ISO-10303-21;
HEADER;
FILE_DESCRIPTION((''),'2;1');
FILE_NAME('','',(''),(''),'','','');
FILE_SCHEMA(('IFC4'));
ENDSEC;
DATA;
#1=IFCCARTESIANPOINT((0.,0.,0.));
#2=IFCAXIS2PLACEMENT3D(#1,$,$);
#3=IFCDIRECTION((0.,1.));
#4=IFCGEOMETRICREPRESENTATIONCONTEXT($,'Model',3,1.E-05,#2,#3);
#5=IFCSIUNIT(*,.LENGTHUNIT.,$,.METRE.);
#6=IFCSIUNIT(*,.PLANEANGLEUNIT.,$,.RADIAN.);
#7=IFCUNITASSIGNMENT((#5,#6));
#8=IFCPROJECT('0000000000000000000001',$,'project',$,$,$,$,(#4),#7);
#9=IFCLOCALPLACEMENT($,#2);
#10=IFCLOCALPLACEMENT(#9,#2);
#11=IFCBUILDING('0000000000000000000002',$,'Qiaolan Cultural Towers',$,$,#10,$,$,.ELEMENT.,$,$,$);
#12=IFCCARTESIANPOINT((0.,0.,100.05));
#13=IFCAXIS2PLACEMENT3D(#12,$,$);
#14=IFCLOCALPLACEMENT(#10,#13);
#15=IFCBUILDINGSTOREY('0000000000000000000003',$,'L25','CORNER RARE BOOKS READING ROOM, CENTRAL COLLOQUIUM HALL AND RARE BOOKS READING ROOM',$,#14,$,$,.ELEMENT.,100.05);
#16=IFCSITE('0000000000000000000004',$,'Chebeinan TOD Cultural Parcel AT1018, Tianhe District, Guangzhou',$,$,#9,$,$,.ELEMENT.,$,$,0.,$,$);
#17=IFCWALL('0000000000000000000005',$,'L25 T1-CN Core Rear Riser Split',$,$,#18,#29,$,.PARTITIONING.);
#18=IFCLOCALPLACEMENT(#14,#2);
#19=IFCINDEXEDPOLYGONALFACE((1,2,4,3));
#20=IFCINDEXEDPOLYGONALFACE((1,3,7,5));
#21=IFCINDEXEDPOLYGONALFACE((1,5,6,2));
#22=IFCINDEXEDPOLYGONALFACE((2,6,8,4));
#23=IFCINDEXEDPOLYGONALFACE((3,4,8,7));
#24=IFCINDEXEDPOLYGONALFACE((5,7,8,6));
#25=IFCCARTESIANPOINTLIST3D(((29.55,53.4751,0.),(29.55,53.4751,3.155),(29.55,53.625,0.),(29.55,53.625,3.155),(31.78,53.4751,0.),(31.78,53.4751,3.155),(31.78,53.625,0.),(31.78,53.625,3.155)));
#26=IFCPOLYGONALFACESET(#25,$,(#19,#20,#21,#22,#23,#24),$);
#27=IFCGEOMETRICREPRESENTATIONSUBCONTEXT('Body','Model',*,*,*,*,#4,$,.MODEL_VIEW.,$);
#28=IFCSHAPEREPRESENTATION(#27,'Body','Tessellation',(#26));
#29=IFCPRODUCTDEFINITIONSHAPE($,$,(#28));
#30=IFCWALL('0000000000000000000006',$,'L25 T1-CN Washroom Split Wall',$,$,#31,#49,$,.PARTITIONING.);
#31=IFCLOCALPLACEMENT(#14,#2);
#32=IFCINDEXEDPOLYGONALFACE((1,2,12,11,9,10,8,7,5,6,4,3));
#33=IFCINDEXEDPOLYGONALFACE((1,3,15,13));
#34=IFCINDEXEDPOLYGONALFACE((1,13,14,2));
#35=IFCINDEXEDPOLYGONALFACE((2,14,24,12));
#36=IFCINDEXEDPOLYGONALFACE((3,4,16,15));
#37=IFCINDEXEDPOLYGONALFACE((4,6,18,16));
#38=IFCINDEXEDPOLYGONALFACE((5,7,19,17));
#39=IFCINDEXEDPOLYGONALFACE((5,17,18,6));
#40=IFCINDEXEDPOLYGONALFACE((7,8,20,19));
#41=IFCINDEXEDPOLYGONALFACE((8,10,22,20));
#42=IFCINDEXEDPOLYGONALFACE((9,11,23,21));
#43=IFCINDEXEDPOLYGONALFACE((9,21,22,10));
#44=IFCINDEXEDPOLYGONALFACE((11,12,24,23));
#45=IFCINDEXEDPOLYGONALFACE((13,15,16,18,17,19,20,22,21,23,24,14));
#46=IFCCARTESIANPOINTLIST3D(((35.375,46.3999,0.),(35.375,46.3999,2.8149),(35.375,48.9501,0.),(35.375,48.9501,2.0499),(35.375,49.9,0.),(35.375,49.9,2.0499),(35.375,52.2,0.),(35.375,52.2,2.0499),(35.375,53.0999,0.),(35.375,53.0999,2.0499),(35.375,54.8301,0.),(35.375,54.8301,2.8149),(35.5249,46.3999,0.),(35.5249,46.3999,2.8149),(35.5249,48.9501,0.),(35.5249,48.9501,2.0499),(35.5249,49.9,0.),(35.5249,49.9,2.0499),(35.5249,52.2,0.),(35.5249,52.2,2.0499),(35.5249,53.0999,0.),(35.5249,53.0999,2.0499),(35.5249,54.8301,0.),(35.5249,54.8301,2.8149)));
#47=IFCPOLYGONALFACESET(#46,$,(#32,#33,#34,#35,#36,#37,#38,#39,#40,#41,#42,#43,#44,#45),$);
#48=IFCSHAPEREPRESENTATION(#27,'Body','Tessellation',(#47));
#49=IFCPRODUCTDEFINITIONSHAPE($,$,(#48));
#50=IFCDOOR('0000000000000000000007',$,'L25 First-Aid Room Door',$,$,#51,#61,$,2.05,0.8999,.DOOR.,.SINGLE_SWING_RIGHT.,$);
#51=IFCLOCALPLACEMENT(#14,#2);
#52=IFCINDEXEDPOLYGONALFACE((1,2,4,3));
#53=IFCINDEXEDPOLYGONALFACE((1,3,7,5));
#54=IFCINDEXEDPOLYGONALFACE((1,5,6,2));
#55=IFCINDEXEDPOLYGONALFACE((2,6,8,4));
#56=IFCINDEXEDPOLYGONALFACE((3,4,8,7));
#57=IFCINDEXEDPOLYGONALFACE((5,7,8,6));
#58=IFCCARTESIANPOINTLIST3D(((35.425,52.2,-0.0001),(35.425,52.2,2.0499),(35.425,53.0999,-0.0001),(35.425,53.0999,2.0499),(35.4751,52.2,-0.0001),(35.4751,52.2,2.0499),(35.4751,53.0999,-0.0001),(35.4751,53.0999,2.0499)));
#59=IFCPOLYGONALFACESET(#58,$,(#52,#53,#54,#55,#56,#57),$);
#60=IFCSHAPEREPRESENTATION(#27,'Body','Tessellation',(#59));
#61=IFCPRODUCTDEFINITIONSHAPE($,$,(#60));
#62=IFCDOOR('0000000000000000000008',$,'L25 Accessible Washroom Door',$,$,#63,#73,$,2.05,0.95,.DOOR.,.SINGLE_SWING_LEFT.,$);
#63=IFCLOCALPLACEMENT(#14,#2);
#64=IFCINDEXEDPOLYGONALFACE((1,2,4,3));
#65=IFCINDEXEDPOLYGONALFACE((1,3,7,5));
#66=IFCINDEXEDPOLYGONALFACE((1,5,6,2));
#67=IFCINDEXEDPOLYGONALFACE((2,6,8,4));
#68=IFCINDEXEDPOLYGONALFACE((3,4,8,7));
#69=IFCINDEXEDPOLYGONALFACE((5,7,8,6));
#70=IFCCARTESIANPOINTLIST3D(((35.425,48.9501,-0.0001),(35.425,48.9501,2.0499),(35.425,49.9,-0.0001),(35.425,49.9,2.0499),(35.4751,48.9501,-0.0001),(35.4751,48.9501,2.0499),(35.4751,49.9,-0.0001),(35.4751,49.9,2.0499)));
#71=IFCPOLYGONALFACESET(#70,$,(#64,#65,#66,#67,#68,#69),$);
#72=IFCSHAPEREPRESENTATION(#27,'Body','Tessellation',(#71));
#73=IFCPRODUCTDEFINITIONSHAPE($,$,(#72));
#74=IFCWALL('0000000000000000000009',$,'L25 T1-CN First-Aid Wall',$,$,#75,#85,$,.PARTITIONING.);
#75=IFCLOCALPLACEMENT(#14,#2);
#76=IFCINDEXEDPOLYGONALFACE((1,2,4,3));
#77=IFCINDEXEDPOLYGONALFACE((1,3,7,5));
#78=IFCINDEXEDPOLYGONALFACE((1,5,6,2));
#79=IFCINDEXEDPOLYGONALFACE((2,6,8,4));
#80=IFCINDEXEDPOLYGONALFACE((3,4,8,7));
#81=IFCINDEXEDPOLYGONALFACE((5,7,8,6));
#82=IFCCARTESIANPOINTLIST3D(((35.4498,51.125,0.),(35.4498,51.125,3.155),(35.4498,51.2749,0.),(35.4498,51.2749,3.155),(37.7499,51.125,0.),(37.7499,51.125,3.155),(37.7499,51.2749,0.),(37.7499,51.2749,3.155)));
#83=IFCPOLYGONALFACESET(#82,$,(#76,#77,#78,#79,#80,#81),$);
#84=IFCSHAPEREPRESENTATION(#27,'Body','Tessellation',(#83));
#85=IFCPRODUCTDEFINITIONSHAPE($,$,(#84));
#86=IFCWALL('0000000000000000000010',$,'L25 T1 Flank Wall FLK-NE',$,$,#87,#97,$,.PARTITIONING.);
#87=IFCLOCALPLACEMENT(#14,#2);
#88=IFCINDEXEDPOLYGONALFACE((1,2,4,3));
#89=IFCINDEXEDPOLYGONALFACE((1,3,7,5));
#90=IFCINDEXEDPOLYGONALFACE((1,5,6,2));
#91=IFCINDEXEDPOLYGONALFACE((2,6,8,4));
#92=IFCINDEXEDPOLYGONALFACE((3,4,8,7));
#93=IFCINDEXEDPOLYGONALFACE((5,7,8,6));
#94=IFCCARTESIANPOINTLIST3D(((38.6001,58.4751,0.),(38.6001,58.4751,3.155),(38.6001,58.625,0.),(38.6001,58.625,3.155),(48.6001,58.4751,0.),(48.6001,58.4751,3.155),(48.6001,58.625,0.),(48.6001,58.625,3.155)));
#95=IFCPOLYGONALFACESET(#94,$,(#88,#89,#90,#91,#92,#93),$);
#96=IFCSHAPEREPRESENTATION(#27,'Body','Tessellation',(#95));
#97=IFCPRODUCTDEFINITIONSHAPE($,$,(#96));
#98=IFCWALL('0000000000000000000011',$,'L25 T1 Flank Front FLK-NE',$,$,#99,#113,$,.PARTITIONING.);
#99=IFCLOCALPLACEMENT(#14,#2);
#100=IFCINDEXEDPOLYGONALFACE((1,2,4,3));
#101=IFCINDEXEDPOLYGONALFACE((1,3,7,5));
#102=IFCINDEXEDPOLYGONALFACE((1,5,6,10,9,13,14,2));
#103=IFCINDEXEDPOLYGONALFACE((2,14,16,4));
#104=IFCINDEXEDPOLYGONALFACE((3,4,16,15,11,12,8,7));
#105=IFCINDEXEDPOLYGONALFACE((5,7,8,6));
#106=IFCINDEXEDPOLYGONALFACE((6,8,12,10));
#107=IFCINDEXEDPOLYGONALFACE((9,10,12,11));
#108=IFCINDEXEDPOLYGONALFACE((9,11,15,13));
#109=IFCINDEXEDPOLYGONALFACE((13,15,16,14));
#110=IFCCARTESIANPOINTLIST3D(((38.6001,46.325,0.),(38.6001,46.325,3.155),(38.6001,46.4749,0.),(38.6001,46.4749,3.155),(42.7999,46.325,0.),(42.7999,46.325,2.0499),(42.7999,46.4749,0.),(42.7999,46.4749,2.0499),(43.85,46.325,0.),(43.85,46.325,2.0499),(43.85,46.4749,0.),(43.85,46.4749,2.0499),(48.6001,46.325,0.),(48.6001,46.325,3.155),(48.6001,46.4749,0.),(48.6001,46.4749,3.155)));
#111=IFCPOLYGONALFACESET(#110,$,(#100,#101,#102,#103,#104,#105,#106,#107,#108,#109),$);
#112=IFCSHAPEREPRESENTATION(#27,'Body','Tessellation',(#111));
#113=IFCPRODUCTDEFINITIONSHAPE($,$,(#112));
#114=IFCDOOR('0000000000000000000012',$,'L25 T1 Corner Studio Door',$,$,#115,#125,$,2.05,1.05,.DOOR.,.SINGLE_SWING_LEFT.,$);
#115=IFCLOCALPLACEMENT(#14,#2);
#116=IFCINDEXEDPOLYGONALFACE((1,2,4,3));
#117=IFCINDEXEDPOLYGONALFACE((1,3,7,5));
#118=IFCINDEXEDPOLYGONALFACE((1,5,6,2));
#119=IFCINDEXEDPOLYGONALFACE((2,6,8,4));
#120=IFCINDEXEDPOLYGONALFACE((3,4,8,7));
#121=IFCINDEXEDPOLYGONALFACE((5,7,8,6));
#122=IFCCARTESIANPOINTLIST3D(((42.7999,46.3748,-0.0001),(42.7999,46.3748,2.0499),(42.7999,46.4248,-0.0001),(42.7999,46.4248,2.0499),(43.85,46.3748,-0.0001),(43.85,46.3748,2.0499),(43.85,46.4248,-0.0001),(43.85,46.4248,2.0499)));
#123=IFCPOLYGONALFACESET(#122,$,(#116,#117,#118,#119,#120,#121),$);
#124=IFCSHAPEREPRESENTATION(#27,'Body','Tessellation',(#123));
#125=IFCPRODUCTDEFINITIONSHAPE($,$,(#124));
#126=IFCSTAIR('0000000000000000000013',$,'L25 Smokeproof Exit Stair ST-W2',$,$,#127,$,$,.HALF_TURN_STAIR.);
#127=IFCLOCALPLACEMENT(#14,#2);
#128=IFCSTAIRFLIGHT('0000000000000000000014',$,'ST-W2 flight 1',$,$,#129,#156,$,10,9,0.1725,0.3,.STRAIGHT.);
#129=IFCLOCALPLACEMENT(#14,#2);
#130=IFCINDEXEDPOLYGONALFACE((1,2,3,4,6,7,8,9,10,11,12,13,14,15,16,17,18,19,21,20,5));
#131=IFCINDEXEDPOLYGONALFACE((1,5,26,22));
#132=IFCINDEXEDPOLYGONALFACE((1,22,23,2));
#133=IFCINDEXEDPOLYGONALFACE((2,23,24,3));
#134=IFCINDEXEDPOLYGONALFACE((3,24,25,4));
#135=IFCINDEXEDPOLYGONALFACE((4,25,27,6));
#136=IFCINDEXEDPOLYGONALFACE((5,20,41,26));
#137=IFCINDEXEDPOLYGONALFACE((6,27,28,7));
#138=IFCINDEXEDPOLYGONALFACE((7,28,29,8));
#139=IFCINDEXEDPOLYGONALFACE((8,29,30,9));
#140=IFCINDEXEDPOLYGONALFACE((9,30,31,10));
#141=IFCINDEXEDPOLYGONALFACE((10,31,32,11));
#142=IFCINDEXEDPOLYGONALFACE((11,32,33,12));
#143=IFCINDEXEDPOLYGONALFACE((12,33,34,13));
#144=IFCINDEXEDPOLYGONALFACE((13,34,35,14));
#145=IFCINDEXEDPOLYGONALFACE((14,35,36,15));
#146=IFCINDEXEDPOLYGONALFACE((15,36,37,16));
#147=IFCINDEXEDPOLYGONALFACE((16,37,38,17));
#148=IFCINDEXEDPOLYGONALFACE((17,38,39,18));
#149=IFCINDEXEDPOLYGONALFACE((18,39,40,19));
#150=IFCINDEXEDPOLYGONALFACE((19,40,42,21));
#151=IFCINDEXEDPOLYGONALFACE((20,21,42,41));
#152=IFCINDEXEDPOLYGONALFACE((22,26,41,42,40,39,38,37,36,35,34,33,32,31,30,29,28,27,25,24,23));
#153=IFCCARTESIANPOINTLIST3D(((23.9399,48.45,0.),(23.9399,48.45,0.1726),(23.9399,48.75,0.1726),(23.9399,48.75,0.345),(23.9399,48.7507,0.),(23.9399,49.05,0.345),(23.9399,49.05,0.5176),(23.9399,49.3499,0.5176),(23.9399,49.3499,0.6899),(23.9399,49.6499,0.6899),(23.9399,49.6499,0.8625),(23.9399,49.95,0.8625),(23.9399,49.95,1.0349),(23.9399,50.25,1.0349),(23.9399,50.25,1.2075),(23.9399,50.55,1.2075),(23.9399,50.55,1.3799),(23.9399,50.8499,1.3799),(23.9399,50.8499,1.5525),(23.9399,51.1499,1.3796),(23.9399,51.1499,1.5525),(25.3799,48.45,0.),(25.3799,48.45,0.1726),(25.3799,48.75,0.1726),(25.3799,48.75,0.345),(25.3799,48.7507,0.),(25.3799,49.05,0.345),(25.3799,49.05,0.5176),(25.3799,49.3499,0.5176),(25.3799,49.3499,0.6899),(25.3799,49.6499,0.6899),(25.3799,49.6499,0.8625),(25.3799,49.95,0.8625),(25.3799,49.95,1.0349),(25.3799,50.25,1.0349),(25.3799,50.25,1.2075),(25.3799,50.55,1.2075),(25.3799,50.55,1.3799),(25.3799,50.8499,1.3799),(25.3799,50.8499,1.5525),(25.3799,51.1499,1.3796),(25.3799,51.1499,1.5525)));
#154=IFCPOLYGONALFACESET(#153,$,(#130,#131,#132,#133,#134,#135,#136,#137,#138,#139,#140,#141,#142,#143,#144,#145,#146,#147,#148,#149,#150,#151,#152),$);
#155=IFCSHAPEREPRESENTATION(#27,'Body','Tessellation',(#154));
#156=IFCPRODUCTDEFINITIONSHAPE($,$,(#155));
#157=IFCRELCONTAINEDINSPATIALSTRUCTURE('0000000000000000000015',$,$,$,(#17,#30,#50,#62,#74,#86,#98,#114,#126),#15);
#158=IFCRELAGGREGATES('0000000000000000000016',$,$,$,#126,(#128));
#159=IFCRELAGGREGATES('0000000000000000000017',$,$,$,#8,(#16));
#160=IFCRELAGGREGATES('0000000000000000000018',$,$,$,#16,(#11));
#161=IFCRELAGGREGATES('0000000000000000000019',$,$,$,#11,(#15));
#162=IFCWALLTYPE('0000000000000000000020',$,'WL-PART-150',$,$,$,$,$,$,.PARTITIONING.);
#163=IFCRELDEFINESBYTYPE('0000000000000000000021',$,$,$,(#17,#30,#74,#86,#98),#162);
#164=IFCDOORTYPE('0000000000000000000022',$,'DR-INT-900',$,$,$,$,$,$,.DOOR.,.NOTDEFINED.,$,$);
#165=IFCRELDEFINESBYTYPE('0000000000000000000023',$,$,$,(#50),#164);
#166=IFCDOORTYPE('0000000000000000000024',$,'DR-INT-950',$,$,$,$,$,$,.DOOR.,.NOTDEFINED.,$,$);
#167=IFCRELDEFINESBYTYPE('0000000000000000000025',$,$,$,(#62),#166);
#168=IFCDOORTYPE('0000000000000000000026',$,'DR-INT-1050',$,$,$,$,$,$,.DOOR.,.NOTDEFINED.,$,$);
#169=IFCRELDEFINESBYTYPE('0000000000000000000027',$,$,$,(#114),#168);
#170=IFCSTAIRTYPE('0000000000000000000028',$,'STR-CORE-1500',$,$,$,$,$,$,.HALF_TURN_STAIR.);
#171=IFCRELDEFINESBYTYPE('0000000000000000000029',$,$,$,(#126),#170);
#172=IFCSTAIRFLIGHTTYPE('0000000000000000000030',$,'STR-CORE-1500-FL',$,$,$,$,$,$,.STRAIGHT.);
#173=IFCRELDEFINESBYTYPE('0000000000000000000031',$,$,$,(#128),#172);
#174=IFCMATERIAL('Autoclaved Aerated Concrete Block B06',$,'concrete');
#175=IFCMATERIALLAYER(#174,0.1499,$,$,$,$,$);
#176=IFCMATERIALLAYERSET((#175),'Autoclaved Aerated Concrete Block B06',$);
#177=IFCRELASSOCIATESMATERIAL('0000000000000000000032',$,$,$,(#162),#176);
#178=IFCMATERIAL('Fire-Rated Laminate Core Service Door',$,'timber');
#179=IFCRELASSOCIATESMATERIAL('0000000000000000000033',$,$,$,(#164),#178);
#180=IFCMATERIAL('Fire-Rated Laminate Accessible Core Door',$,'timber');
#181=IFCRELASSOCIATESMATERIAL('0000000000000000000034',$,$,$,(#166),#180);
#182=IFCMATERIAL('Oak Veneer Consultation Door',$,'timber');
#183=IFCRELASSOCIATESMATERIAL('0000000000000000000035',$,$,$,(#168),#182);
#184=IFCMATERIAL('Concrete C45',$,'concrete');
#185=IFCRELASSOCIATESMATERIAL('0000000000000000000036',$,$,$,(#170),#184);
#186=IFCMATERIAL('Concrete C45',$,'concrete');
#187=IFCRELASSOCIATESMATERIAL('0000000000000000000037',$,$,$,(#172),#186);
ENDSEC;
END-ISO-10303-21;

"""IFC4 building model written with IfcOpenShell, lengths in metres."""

from ifc_helpers import new_model, si_unit, direction, frame, frame_2d, origin, place, context, subcontext, project, spatial, polyline, rectangle, outline, extrude, material, layer, layer_set, type_object, element, fill, aggregate, save


model = new_model("IFC4")

# Units and contexts
model_context = context("Model", 3, precision=1e-05, world=origin(), true_north=direction((0.0, 1.0)))
body_context = subcontext(model_context, "Body", "Model", "MODEL_VIEW")
ifc_project = project(units=[si_unit("LENGTHUNIT", "METRE"), si_unit("PLANEANGLEUNIT", "RADIAN")], contexts=[model_context])

# Site, building, storey
site_placement = place(None, origin())
site = spatial("IfcSite", under=ifc_project, at=site_placement, Name="Chebeinan TOD Cultural Parcel AT1018, Tianhe District, Guangzhou", CompositionType="ELEMENT", RefElevation=0.0)
building_placement = place(site_placement, origin())
building = spatial("IfcBuilding", under=site, at=building_placement, Name="Qiaolan Cultural Towers", CompositionType="ELEMENT")
storey_placement = place(building_placement, frame((0.0, 0.0, 100.05)))
storey = spatial("IfcBuildingStorey", under=building, at=storey_placement, Name="L25", Description="CORNER RARE BOOKS READING ROOM, CENTRAL COLLOQUIUM HALL AND RARE BOOKS READING ROOM", CompositionType="ELEMENT", Elevation=100.05)

# Wall
ifc_material_1 = material(Name="Autoclaved Aerated Concrete Block B06", Category="concrete")
ifc_layer_1 = layer(ifc_material_1, 0.1499)
ifc_layer_set_1 = layer_set([ifc_layer_1], Name="Autoclaved Aerated Concrete Block B06")
wall_type_1 = type_object("IfcWallType", Name="WL-PART-150", PredefinedType="PARTITIONING", material=ifc_layer_set_1)
wall_1_placement = place(storey_placement, frame((29.55, 53.55, 0.0), z_axis=(0.0, 0.0, 1.0), x_axis=(1.0, 0.0, 0.0)))
element("IfcWall", 1, at=wall_1_placement, inside=storey, type_object=wall_type_1, Name="L25 T1-CN Core Rear Riser Split", PredefinedType="PARTITIONING", context=body_context, shape_type="SweptSolid", body=[
    extrude(rectangle(XDim=2.23, YDim=0.1499, at=frame_2d((1.115, 0.0))), origin(), (0.0, 0.0, 1.0), 3.155),
])

# Wall, openings, doors
wall_2_placement = place(storey_placement, frame((35.45, 46.3999, 0.0), z_axis=(0.0, 0.0, 1.0), x_axis=(0.0, 1.0, 0.0)))
wall_2 = element("IfcWall", 2, at=wall_2_placement, inside=storey, type_object=wall_type_1, Name="L25 T1-CN Washroom Split Wall", PredefinedType="PARTITIONING", context=body_context, shape_type="SweptSolid", body=[
    extrude(rectangle(XDim=8.4302, YDim=0.1499, at=frame_2d((4.2151, 0.0))), origin(), (0.0, 0.0, 1.0), 2.8149),
])
opening_1_placement = place(wall_2_placement, frame((2.55, 0.0, 0.0)))
opening_1 = element("IfcOpeningElement", 3, at=opening_1_placement, cuts=wall_2, PredefinedType="OPENING", context=body_context, shape_type="SweptSolid", body=[
    extrude(rectangle(XDim=0.95, YDim=2.05, at=frame_2d((0.4751, 1.0249))), frame((0.0, 0.085, 0.0), z_axis=(0.0, -1.0, 0.0), x_axis=(1.0, 0.0, 0.0)), (0.0, 0.0, 1.0), 0.1699),
])
opening_2_placement = place(wall_2_placement, frame((5.8, 0.0, 0.0)))
opening_2 = element("IfcOpeningElement", 4, at=opening_2_placement, cuts=wall_2, PredefinedType="OPENING", context=body_context, shape_type="SweptSolid", body=[
    extrude(rectangle(XDim=0.8999, YDim=2.05, at=frame_2d((0.45, 1.0249))), frame((0.0, 0.085, 0.0), z_axis=(0.0, -1.0, 0.0), x_axis=(1.0, 0.0, 0.0)), (0.0, 0.0, 1.0), 0.1699),
])
ifc_material_2 = material(Name="Fire-Rated Laminate Core Service Door", Category="timber")
door_type_1 = type_object("IfcDoorType", Name="DR-INT-900", OperationType="NOTDEFINED", PredefinedType="DOOR", material=ifc_material_2)
door_1_placement = place(opening_2_placement, origin())
door_1 = element("IfcDoor", 5, at=door_1_placement, inside=storey, type_object=door_type_1, Name="L25 First-Aid Room Door", OperationType="SINGLE_SWING_RIGHT", OverallHeight=2.05, OverallWidth=0.8999, PredefinedType="DOOR", context=body_context, shape_type="SweptSolid", body=[
    extrude(rectangle(XDim=0.8999, YDim=2.05, at=frame_2d((0.45, 1.0249))), frame((0.0, 0.0249, 0.0), z_axis=(0.0, -1.0, 0.0), x_axis=(1.0, 0.0, 0.0)), (0.0, 0.0, 1.0), 0.05),
])
fill(opening_2, door_1)
ifc_material_3 = material(Name="Fire-Rated Laminate Accessible Core Door", Category="timber")
door_type_2 = type_object("IfcDoorType", Name="DR-INT-950", OperationType="NOTDEFINED", PredefinedType="DOOR", material=ifc_material_3)
door_2_placement = place(opening_1_placement, origin())
door_2 = element("IfcDoor", 6, at=door_2_placement, inside=storey, type_object=door_type_2, Name="L25 Accessible Washroom Door", OperationType="SINGLE_SWING_LEFT", OverallHeight=2.05, OverallWidth=0.95, PredefinedType="DOOR", context=body_context, shape_type="SweptSolid", body=[
    extrude(rectangle(XDim=0.95, YDim=2.05, at=frame_2d((0.4751, 1.0249))), frame((0.0, 0.0249, 0.0), z_axis=(0.0, -1.0, 0.0), x_axis=(1.0, 0.0, 0.0)), (0.0, 0.0, 1.0), 0.05),
])
fill(opening_1, door_2)

# Walls
wall_3_placement = place(storey_placement, frame((35.45, 51.2, 0.0), z_axis=(0.0, 0.0, 1.0), x_axis=(1.0, 0.0, 0.0)))
element("IfcWall", 7, at=wall_3_placement, inside=storey, type_object=wall_type_1, Name="L25 T1-CN First-Aid Wall", PredefinedType="PARTITIONING", context=body_context, shape_type="SweptSolid", body=[
    extrude(rectangle(XDim=2.3, YDim=0.1499, at=frame_2d((1.1499, 0.0))), origin(), (0.0, 0.0, 1.0), 3.155),
])
wall_4_placement = place(storey_placement, frame((38.6001, 58.55, 0.0), z_axis=(0.0, 0.0, 1.0), x_axis=(1.0, 0.0, 0.0)))
element("IfcWall", 8, at=wall_4_placement, inside=storey, type_object=wall_type_1, Name="L25 T1 Flank Wall FLK-NE", PredefinedType="PARTITIONING", context=body_context, shape_type="SweptSolid", body=[
    extrude(rectangle(XDim=10.0, YDim=0.1499, at=frame_2d((5.0, 0.0))), origin(), (0.0, 0.0, 1.0), 3.155),
])

# Wall, opening, door
wall_5_placement = place(storey_placement, frame((38.6001, 46.3999, 0.0), z_axis=(0.0, 0.0, 1.0), x_axis=(1.0, 0.0, 0.0)))
wall_5 = element("IfcWall", 9, at=wall_5_placement, inside=storey, type_object=wall_type_1, Name="L25 T1 Flank Front FLK-NE", PredefinedType="PARTITIONING", context=body_context, shape_type="SweptSolid", body=[
    extrude(rectangle(XDim=10.0, YDim=0.1499, at=frame_2d((5.0, 0.0))), origin(), (0.0, 0.0, 1.0), 3.155),
])
opening_3_placement = place(wall_5_placement, frame((4.2, 0.0, 0.0)))
opening_3 = element("IfcOpeningElement", 10, at=opening_3_placement, cuts=wall_5, PredefinedType="OPENING", context=body_context, shape_type="SweptSolid", body=[
    extrude(rectangle(XDim=1.05, YDim=2.05, at=frame_2d((0.5249, 1.0249))), frame((0.0, 0.085, 0.0), z_axis=(0.0, -1.0, 0.0), x_axis=(1.0, 0.0, 0.0)), (0.0, 0.0, 1.0), 0.1699),
])
ifc_material_4 = material(Name="Oak Veneer Consultation Door", Category="timber")
door_type_3 = type_object("IfcDoorType", Name="DR-INT-1050", OperationType="NOTDEFINED", PredefinedType="DOOR", material=ifc_material_4)
door_3_placement = place(opening_3_placement, origin())
door_3 = element("IfcDoor", 11, at=door_3_placement, inside=storey, type_object=door_type_3, Name="L25 T1 Corner Studio Door", OperationType="SINGLE_SWING_LEFT", OverallHeight=2.05, OverallWidth=1.05, PredefinedType="DOOR", context=body_context, shape_type="SweptSolid", body=[
    extrude(rectangle(XDim=1.05, YDim=2.05, at=frame_2d((0.5249, 1.0249))), frame((0.0, 0.0249, 0.0), z_axis=(0.0, -1.0, 0.0), x_axis=(1.0, 0.0, 0.0)), (0.0, 0.0, 1.0), 0.05),
])
fill(opening_3, door_3)

# Stair, stair flight
ifc_material_5 = material(Name="Concrete C45", Category="concrete")
stair_type = type_object("IfcStairType", Name="STR-CORE-1500", PredefinedType="HALF_TURN_STAIR", material=ifc_material_5)
stair_placement = place(storey_placement, origin())
stair = element("IfcStair", 12, at=stair_placement, inside=storey, type_object=stair_type, Name="L25 Smokeproof Exit Stair ST-W2", PredefinedType="HALF_TURN_STAIR")
ifc_material_6 = material(Name="Concrete C45", Category="concrete")
stair_flight_type = type_object("IfcStairFlightType", Name="STR-CORE-1500-FL", PredefinedType="STRAIGHT", material=ifc_material_6)
stair_flight_placement = place(storey_placement, frame((24.6599, 48.45, 0.0), z_axis=(0.0, 0.0, 1.0), x_axis=(0.0, 1.0, 0.0)))
stair_flight = element("IfcStairFlight", 13, at=stair_flight_placement, type_object=stair_flight_type, Name="ST-W2 flight 1", NumberOfRisers=10, NumberOfTreads=9, PredefinedType="STRAIGHT", RiserHeight=0.1725, TreadLength=0.3, context=body_context, shape_type="SweptSolid", body=[
    extrude(outline(polyline([(0.0, 0.0), (0.0, 0.1726), (0.3, 0.1726), (0.3, 0.345), (0.6001, 0.345), (0.6001, 0.5176), (0.8999, 0.5176), (0.8999, 0.6899), (1.2, 0.6899), (1.2, 0.8625), (1.5, 0.8625), (1.5, 1.0349), (1.8, 1.0349), (1.8, 1.2075), (2.1001, 1.2075), (2.1001, 1.3799), (2.3999, 1.3799), (2.3999, 1.5525), (2.7, 1.5525), (2.7, 1.7251), (2.7, 1.3796), (0.3008, 0.0), (0.0, 0.0)])), frame((0.0, 0.72, 0.0), z_axis=(0.0, -1.0, 0.0), x_axis=(1.0, 0.0, 0.0)), (0.0, 0.0, 1.0), 1.4399),
])
aggregate(stair, [stair_flight])

save(model, "model.ifc")
